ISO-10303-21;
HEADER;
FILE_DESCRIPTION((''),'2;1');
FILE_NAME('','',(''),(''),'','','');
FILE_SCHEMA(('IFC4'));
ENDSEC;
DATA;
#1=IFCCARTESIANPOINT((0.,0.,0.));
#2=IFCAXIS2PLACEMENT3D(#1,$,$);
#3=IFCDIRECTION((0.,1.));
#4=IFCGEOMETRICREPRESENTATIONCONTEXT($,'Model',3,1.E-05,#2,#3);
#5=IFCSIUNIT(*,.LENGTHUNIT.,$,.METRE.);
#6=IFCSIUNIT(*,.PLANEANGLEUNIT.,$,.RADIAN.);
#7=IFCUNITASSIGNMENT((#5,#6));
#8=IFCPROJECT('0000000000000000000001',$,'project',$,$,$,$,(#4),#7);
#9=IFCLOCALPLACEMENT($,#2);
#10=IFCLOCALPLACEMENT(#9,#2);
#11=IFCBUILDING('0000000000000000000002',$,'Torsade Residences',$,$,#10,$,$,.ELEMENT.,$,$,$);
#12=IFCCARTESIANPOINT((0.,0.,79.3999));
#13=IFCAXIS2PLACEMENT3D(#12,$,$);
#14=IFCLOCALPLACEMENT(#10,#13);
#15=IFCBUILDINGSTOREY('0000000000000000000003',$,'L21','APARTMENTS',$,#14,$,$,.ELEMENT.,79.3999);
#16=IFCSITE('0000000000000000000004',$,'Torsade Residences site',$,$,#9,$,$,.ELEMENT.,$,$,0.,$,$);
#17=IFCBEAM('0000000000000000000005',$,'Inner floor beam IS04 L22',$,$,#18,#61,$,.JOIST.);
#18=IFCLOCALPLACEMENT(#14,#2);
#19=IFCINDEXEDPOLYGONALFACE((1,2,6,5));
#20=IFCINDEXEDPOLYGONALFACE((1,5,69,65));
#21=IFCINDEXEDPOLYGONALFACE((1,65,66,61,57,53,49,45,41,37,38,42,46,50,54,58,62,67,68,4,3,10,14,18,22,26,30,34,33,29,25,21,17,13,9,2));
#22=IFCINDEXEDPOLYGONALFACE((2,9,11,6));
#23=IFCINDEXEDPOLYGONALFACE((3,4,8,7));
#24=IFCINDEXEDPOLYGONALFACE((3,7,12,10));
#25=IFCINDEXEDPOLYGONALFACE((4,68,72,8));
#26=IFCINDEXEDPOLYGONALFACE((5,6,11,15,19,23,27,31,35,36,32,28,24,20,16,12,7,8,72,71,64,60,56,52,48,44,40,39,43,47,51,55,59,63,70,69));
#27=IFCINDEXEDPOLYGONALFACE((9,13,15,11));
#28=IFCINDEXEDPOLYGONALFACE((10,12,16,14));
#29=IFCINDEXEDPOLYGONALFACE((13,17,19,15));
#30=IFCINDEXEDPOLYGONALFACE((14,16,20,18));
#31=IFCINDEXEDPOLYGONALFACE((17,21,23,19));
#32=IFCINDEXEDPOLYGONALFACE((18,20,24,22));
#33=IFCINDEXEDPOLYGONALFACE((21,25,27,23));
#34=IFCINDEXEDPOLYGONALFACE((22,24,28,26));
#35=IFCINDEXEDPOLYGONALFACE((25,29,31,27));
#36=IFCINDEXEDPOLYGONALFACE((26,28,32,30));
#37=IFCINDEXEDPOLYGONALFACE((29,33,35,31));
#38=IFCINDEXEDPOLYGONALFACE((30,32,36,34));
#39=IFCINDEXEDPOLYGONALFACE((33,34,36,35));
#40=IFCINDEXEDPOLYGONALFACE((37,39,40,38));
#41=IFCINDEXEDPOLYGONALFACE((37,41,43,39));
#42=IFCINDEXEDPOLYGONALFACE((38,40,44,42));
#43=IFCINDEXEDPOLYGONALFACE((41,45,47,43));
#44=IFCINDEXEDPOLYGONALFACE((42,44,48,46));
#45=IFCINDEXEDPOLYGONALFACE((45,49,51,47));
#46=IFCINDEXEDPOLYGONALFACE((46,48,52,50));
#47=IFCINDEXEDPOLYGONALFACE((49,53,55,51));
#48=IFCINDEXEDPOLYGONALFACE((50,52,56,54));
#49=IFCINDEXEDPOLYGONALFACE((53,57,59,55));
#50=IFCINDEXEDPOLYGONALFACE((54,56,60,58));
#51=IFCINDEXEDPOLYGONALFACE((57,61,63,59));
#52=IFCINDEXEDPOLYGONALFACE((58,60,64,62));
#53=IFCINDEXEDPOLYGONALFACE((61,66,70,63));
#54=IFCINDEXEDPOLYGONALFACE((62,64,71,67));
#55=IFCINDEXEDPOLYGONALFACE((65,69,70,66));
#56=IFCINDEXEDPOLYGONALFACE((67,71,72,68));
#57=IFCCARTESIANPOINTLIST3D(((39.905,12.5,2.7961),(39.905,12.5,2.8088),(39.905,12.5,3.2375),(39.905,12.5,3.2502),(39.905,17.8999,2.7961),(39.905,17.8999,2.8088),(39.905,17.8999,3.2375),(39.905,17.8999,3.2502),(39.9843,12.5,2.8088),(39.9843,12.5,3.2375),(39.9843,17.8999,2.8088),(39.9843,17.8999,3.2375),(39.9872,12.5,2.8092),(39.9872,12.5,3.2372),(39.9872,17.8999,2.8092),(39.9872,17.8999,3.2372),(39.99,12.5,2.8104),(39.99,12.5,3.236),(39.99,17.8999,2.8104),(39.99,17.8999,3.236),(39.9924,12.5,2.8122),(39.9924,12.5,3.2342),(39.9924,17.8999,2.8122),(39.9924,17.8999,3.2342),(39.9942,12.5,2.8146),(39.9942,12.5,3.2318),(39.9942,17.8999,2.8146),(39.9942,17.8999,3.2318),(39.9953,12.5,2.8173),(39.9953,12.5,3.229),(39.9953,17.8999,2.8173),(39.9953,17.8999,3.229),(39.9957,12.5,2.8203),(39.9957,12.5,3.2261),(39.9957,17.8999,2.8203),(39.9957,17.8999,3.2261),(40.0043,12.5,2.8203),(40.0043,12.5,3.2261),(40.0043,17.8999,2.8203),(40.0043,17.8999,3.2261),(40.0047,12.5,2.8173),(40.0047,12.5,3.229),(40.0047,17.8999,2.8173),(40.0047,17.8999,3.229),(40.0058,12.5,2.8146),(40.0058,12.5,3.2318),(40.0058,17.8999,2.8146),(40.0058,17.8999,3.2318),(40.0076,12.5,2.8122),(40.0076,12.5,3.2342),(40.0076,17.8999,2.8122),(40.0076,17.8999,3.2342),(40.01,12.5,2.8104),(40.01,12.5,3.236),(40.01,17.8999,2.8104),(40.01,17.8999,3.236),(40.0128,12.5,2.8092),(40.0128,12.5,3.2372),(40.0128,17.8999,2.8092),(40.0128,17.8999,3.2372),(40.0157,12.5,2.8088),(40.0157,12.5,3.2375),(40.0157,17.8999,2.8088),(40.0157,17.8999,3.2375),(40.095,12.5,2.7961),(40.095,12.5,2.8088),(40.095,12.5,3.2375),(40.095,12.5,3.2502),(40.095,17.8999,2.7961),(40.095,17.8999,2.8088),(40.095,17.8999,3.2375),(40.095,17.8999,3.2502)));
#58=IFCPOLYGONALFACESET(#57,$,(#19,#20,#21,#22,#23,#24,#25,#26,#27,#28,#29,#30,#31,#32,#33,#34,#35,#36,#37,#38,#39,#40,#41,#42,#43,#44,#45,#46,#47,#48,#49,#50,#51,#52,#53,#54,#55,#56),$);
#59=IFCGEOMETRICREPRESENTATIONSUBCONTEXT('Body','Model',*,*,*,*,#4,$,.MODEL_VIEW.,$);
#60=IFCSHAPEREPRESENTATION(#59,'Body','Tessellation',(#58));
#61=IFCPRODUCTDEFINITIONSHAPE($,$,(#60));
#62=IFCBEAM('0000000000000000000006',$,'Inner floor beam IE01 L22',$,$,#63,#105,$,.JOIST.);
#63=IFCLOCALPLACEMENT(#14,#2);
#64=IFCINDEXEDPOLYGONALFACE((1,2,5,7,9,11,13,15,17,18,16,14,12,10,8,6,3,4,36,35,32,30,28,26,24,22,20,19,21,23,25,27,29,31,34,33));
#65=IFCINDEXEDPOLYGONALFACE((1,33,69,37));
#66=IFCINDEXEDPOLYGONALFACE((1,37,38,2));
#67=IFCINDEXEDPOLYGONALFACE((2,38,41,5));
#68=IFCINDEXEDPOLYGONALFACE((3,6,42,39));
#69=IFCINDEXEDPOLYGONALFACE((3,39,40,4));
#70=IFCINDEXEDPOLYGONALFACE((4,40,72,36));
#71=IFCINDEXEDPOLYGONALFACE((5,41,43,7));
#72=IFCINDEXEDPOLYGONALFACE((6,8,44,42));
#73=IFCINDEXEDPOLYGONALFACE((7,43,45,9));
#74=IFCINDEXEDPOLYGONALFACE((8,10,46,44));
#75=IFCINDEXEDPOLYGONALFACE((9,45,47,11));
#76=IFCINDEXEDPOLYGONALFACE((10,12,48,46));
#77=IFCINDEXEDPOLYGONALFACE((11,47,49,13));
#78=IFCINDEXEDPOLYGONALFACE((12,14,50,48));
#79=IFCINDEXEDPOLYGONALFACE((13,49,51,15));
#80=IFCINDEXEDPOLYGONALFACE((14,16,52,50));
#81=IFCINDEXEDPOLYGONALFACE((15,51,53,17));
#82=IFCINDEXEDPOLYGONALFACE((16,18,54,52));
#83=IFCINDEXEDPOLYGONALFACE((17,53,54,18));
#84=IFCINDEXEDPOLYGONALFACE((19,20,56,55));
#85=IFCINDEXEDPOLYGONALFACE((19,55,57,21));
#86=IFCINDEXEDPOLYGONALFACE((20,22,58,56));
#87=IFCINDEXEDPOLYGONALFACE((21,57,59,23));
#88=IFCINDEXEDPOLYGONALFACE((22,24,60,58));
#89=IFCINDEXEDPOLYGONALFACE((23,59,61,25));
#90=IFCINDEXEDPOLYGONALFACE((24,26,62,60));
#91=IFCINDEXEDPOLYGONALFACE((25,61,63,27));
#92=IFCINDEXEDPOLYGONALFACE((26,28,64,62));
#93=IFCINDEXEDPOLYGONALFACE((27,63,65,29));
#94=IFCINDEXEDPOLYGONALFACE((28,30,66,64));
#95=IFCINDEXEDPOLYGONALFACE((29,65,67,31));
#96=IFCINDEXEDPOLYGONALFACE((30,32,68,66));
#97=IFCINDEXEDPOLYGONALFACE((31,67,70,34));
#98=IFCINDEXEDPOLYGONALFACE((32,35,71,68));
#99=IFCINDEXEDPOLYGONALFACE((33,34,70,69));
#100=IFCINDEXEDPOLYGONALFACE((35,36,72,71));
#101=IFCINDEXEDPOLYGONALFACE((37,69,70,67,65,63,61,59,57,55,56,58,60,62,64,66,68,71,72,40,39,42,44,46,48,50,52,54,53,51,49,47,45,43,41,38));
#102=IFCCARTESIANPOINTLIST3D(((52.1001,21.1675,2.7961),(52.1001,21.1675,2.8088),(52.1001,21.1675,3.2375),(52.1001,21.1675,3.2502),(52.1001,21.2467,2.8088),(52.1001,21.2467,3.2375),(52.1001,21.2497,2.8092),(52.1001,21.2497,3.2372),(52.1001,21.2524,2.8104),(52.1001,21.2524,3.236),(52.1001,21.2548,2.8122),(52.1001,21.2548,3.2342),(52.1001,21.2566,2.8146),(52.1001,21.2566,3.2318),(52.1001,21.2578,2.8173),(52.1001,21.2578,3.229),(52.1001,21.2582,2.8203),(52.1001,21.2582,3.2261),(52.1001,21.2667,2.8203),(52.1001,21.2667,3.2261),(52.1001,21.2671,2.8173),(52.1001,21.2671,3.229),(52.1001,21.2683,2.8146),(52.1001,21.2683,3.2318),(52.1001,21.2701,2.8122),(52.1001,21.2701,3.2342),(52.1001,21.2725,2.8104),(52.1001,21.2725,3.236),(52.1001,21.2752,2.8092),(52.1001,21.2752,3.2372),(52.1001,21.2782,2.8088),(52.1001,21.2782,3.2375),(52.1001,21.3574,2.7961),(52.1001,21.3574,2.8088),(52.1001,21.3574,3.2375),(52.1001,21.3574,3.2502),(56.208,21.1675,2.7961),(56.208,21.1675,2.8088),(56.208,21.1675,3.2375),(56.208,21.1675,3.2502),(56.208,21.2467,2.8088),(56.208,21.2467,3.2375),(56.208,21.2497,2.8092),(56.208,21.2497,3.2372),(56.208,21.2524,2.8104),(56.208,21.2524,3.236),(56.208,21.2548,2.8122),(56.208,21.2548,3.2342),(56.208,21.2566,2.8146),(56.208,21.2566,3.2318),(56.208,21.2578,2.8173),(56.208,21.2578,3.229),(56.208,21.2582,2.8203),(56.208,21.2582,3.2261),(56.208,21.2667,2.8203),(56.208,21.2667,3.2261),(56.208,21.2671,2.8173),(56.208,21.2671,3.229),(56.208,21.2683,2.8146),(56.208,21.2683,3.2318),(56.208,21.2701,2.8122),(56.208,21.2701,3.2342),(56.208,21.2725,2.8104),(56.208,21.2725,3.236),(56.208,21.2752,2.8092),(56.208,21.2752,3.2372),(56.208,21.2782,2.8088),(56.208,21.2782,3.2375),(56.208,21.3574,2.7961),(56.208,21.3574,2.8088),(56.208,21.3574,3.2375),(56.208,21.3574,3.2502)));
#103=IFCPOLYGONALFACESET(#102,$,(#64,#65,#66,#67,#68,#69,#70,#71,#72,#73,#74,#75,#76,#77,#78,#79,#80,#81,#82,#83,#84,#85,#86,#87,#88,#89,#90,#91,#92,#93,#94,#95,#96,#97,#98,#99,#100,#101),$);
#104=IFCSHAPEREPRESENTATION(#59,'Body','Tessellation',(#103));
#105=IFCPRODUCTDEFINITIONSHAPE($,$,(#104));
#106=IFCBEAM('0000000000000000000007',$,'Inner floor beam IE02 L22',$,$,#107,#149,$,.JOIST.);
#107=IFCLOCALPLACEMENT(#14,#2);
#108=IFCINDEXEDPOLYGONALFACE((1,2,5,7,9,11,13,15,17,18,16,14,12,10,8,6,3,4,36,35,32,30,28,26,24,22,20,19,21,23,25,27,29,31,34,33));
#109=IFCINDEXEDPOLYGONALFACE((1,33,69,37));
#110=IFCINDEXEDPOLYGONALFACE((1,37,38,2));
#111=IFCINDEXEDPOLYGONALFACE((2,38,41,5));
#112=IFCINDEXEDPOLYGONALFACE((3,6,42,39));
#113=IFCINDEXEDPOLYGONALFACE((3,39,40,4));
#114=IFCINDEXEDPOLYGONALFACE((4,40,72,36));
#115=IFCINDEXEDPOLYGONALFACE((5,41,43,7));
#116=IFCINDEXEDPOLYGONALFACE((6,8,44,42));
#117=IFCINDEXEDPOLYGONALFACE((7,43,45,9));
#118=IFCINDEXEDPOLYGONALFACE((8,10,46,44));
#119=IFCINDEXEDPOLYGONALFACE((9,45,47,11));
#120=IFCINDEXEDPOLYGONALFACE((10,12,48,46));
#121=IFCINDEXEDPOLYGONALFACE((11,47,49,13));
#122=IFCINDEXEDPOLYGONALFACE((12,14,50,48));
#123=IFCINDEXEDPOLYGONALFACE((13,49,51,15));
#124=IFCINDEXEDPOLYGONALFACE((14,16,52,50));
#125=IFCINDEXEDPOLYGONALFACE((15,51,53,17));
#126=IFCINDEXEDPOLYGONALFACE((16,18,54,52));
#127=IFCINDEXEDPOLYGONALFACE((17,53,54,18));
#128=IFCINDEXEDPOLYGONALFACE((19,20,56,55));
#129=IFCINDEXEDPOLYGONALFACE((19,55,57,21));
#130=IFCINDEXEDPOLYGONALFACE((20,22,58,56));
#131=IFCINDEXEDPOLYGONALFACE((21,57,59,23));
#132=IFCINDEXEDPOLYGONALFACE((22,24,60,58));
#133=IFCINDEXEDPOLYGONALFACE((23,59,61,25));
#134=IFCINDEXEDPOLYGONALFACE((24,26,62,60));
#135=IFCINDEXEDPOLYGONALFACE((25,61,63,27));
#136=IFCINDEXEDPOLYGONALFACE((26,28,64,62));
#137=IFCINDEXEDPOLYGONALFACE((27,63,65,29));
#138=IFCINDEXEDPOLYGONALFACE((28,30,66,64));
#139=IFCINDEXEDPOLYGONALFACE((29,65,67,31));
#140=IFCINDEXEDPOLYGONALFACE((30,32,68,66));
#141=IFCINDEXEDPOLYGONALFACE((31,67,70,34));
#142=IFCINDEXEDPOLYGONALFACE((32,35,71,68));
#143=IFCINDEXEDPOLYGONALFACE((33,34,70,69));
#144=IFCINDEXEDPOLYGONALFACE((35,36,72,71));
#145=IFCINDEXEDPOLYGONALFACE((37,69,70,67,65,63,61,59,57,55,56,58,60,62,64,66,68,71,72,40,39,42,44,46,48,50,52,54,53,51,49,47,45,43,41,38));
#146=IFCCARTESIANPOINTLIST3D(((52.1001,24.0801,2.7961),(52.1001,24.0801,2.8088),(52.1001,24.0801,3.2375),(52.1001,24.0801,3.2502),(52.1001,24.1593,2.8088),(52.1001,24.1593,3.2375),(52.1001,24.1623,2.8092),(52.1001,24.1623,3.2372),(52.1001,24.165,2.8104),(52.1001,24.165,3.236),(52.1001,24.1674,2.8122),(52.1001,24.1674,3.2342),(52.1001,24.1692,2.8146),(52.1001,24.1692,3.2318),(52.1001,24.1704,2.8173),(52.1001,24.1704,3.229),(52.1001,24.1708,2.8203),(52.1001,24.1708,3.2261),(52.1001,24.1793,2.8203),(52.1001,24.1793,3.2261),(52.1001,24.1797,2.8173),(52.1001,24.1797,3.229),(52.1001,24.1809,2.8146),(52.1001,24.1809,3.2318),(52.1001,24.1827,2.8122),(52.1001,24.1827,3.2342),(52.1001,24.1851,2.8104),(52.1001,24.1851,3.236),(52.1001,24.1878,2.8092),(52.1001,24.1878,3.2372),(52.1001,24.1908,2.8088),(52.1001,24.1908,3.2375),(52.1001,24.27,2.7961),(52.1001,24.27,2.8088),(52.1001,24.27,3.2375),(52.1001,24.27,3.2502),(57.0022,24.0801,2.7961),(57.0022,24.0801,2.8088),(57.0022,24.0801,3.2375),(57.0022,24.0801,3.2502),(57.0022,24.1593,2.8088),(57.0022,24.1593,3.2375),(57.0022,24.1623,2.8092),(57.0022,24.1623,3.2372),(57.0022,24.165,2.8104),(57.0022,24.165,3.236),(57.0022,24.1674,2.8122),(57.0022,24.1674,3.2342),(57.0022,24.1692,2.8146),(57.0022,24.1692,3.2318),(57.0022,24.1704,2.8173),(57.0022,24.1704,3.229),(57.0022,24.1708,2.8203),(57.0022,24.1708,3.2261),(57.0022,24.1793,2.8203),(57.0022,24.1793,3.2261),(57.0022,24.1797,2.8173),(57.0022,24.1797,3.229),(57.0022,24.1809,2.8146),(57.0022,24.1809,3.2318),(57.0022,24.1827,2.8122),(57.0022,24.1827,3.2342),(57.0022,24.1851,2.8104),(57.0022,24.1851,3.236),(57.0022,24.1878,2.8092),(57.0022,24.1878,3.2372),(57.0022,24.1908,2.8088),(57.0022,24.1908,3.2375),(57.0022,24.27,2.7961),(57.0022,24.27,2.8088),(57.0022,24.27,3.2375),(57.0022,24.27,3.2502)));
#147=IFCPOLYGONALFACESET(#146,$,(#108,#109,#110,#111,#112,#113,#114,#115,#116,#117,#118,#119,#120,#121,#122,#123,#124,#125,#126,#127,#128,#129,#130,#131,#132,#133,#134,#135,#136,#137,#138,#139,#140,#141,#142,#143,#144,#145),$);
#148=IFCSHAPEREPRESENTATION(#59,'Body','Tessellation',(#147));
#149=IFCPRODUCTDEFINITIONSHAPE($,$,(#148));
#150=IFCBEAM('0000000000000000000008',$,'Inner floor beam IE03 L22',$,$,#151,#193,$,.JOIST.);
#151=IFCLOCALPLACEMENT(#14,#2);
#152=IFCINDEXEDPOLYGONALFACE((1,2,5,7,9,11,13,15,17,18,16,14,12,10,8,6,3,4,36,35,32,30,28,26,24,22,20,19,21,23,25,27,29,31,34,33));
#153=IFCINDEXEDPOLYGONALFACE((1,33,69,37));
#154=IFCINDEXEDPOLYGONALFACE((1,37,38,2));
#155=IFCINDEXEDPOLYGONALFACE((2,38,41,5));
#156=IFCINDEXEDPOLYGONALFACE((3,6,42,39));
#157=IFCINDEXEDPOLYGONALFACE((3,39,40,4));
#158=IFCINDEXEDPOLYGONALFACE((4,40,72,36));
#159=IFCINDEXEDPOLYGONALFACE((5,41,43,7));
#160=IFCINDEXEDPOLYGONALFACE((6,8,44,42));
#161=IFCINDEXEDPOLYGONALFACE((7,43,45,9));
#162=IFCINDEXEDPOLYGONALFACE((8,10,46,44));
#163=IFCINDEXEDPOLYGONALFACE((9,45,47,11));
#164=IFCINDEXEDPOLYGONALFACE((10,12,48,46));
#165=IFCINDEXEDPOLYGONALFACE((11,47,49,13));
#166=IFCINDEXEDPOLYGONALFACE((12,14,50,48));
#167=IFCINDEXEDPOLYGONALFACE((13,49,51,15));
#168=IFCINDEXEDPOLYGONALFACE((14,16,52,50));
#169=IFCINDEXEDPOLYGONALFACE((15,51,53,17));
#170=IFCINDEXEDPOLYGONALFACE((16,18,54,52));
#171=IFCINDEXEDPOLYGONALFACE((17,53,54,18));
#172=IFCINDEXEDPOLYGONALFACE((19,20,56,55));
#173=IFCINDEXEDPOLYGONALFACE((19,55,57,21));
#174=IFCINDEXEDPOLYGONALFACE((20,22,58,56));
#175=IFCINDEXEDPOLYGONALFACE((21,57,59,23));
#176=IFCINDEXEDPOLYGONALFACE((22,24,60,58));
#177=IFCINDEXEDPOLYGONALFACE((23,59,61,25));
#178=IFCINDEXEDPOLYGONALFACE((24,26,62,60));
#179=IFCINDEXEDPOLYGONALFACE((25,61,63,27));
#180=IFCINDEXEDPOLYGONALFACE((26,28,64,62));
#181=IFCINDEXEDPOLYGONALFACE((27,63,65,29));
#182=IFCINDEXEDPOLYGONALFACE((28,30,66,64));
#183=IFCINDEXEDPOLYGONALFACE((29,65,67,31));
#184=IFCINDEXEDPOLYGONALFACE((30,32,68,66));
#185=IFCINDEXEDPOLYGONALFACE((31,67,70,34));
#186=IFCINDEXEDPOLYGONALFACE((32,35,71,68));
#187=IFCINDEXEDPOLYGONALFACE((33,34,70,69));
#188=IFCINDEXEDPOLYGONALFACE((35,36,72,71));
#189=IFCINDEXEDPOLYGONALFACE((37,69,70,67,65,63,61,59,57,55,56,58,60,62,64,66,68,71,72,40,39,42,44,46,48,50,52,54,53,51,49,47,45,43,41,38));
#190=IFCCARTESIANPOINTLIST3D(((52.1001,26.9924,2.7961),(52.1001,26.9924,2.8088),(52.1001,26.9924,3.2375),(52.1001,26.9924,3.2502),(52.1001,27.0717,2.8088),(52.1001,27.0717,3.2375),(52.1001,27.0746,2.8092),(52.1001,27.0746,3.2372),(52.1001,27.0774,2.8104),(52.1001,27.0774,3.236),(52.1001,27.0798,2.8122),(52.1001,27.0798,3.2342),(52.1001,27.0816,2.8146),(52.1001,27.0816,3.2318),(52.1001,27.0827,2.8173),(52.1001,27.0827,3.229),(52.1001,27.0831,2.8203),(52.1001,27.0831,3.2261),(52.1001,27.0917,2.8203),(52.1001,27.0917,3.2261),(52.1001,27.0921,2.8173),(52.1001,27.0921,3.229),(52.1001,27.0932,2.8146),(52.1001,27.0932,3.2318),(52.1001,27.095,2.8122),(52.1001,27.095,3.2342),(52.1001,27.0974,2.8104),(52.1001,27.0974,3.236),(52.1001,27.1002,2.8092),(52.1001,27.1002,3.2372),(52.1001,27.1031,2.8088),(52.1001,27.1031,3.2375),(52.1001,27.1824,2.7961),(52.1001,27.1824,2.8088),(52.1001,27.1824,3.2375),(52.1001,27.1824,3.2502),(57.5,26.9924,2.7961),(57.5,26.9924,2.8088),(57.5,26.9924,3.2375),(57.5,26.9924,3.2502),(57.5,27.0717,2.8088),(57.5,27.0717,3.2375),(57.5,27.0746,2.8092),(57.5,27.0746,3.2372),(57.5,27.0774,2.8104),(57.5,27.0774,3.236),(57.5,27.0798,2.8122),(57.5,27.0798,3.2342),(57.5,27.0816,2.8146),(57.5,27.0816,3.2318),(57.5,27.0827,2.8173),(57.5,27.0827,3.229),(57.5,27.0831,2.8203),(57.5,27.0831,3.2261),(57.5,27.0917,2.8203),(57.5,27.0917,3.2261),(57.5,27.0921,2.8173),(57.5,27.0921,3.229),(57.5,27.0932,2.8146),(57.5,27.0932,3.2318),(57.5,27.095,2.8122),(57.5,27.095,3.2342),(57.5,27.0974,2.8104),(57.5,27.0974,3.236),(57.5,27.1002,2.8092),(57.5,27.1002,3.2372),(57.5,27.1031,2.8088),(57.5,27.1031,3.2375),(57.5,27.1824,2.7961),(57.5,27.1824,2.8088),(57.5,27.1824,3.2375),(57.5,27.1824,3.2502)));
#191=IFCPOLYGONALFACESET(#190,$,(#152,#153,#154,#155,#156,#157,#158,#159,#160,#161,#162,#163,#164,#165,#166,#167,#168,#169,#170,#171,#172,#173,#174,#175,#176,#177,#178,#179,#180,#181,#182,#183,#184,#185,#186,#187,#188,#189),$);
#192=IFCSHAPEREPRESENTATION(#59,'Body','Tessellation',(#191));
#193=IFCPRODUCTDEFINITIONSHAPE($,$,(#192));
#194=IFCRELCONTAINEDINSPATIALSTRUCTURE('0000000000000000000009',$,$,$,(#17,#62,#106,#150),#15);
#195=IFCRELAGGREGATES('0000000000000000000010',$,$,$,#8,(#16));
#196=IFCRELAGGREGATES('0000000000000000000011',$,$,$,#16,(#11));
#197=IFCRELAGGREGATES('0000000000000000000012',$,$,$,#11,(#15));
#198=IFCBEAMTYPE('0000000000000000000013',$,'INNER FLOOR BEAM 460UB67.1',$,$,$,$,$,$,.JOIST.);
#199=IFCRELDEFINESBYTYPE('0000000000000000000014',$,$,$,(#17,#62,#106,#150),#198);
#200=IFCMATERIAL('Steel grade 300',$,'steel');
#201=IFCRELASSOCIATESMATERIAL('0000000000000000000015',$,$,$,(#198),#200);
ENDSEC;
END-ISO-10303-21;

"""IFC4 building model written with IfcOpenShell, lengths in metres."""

from ifc_helpers import new_model, si_unit, direction, frame, origin, origin_2d, place, context, subcontext, project, spatial, i_section, extrude, material, material_profile, profile_set, type_object, element, save


model = new_model("IFC4")

# Units and contexts
model_context = context("Model", 3, precision=1e-05, world=origin(), true_north=direction((0.0, 1.0)))
body_context = subcontext(model_context, "Body", "Model", "MODEL_VIEW")
ifc_project = project(units=[si_unit("LENGTHUNIT", "METRE"), si_unit("PLANEANGLEUNIT", "RADIAN")], contexts=[model_context])

# Site, building, storey
site_placement = place(None, origin())
site = spatial("IfcSite", under=ifc_project, at=site_placement, Name="Torsade Residences site", CompositionType="ELEMENT", RefElevation=0.0)
building_placement = place(site_placement, origin())
building = spatial("IfcBuilding", under=site, at=building_placement, Name="Torsade Residences", CompositionType="ELEMENT")
storey_placement = place(building_placement, frame((0.0, 0.0, 79.3999)))
storey = spatial("IfcBuildingStorey", under=building, at=storey_placement, Name="L21", Description="APARTMENTS", CompositionType="ELEMENT", Elevation=79.3999)

# Beams
ifc_material_1 = material(Name="Steel grade 300", Category="steel")
ifc_material_profile_1 = material_profile(ifc_material_1, i_section(OverallWidth=0.1899, OverallDepth=0.4541, WebThickness=0.0085, FlangeThickness=0.0127, FilletRadius=0.0115, at=origin_2d()), Name="460UB67.1")
ifc_profile_set_1 = profile_set([ifc_material_profile_1], Name="Steel grade 300")
beam_type_1 = type_object("IfcBeamType", Name="INNER FLOOR BEAM 460UB67.1", PredefinedType="JOIST", material=ifc_profile_set_1)
for number, where, z_axis, x_axis, name in (
    (1, (40.0, 17.8999, 3.0232), (0.0, -1.0, 0.0), (1.0, 0.0, 0.0), "Inner floor beam IS04 L22"),
):
    element("IfcBeam", number, at=place(storey_placement, frame(where, z_axis=z_axis, x_axis=x_axis)), inside=storey, type_object=beam_type_1, Name=name, PredefinedType="JOIST", context=body_context, shape_type="SweptSolid", body=[
        extrude(i_section(OverallWidth=0.1899, OverallDepth=0.4541, WebThickness=0.0085, FlangeThickness=0.0127, FilletRadius=0.0115, at=origin_2d()), origin(), (0.0, 0.0, 1.0), 5.3999),
    ])
beam_1_placement = place(storey_placement, frame((52.1001, 21.2625, 3.0232), z_axis=(1.0, 0.0, 0.0), x_axis=(0.0, 1.0, 0.0)))
element("IfcBeam", 2, at=beam_1_placement, inside=storey, type_object=beam_type_1, Name="Inner floor beam IE01 L22", PredefinedType="JOIST", context=body_context, shape_type="SweptSolid", body=[
    extrude(i_section(OverallWidth=0.1899, OverallDepth=0.4541, WebThickness=0.0085, FlangeThickness=0.0127, FilletRadius=0.0115, at=origin_2d()), origin(), (0.0, 0.0, 1.0), 4.1079),
])
beam_2_placement = place(storey_placement, frame((52.1001, 24.175, 3.0232), z_axis=(1.0, 0.0, 0.0), x_axis=(0.0, 1.0, 0.0)))
element("IfcBeam", 3, at=beam_2_placement, inside=storey, type_object=beam_type_1, Name="Inner floor beam IE02 L22", PredefinedType="JOIST", context=body_context, shape_type="SweptSolid", body=[
    extrude(i_section(OverallWidth=0.1899, OverallDepth=0.4541, WebThickness=0.0085, FlangeThickness=0.0127, FilletRadius=0.0115, at=origin_2d()), origin(), (0.0, 0.0, 1.0), 4.9021),
])
beam_3_placement = place(storey_placement, frame((52.1001, 27.0874, 3.0232), z_axis=(1.0, 0.0, 0.0), x_axis=(0.0, 1.0, 0.0)))
element("IfcBeam", 4, at=beam_3_placement, inside=storey, type_object=beam_type_1, Name="Inner floor beam IE03 L22", PredefinedType="JOIST", context=body_context, shape_type="SweptSolid", body=[
    extrude(i_section(OverallWidth=0.1899, OverallDepth=0.4541, WebThickness=0.0085, FlangeThickness=0.0127, FilletRadius=0.0115, at=origin_2d()), origin(), (0.0, 0.0, 1.0), 5.3999),
])

save(model, "model.ifc")
